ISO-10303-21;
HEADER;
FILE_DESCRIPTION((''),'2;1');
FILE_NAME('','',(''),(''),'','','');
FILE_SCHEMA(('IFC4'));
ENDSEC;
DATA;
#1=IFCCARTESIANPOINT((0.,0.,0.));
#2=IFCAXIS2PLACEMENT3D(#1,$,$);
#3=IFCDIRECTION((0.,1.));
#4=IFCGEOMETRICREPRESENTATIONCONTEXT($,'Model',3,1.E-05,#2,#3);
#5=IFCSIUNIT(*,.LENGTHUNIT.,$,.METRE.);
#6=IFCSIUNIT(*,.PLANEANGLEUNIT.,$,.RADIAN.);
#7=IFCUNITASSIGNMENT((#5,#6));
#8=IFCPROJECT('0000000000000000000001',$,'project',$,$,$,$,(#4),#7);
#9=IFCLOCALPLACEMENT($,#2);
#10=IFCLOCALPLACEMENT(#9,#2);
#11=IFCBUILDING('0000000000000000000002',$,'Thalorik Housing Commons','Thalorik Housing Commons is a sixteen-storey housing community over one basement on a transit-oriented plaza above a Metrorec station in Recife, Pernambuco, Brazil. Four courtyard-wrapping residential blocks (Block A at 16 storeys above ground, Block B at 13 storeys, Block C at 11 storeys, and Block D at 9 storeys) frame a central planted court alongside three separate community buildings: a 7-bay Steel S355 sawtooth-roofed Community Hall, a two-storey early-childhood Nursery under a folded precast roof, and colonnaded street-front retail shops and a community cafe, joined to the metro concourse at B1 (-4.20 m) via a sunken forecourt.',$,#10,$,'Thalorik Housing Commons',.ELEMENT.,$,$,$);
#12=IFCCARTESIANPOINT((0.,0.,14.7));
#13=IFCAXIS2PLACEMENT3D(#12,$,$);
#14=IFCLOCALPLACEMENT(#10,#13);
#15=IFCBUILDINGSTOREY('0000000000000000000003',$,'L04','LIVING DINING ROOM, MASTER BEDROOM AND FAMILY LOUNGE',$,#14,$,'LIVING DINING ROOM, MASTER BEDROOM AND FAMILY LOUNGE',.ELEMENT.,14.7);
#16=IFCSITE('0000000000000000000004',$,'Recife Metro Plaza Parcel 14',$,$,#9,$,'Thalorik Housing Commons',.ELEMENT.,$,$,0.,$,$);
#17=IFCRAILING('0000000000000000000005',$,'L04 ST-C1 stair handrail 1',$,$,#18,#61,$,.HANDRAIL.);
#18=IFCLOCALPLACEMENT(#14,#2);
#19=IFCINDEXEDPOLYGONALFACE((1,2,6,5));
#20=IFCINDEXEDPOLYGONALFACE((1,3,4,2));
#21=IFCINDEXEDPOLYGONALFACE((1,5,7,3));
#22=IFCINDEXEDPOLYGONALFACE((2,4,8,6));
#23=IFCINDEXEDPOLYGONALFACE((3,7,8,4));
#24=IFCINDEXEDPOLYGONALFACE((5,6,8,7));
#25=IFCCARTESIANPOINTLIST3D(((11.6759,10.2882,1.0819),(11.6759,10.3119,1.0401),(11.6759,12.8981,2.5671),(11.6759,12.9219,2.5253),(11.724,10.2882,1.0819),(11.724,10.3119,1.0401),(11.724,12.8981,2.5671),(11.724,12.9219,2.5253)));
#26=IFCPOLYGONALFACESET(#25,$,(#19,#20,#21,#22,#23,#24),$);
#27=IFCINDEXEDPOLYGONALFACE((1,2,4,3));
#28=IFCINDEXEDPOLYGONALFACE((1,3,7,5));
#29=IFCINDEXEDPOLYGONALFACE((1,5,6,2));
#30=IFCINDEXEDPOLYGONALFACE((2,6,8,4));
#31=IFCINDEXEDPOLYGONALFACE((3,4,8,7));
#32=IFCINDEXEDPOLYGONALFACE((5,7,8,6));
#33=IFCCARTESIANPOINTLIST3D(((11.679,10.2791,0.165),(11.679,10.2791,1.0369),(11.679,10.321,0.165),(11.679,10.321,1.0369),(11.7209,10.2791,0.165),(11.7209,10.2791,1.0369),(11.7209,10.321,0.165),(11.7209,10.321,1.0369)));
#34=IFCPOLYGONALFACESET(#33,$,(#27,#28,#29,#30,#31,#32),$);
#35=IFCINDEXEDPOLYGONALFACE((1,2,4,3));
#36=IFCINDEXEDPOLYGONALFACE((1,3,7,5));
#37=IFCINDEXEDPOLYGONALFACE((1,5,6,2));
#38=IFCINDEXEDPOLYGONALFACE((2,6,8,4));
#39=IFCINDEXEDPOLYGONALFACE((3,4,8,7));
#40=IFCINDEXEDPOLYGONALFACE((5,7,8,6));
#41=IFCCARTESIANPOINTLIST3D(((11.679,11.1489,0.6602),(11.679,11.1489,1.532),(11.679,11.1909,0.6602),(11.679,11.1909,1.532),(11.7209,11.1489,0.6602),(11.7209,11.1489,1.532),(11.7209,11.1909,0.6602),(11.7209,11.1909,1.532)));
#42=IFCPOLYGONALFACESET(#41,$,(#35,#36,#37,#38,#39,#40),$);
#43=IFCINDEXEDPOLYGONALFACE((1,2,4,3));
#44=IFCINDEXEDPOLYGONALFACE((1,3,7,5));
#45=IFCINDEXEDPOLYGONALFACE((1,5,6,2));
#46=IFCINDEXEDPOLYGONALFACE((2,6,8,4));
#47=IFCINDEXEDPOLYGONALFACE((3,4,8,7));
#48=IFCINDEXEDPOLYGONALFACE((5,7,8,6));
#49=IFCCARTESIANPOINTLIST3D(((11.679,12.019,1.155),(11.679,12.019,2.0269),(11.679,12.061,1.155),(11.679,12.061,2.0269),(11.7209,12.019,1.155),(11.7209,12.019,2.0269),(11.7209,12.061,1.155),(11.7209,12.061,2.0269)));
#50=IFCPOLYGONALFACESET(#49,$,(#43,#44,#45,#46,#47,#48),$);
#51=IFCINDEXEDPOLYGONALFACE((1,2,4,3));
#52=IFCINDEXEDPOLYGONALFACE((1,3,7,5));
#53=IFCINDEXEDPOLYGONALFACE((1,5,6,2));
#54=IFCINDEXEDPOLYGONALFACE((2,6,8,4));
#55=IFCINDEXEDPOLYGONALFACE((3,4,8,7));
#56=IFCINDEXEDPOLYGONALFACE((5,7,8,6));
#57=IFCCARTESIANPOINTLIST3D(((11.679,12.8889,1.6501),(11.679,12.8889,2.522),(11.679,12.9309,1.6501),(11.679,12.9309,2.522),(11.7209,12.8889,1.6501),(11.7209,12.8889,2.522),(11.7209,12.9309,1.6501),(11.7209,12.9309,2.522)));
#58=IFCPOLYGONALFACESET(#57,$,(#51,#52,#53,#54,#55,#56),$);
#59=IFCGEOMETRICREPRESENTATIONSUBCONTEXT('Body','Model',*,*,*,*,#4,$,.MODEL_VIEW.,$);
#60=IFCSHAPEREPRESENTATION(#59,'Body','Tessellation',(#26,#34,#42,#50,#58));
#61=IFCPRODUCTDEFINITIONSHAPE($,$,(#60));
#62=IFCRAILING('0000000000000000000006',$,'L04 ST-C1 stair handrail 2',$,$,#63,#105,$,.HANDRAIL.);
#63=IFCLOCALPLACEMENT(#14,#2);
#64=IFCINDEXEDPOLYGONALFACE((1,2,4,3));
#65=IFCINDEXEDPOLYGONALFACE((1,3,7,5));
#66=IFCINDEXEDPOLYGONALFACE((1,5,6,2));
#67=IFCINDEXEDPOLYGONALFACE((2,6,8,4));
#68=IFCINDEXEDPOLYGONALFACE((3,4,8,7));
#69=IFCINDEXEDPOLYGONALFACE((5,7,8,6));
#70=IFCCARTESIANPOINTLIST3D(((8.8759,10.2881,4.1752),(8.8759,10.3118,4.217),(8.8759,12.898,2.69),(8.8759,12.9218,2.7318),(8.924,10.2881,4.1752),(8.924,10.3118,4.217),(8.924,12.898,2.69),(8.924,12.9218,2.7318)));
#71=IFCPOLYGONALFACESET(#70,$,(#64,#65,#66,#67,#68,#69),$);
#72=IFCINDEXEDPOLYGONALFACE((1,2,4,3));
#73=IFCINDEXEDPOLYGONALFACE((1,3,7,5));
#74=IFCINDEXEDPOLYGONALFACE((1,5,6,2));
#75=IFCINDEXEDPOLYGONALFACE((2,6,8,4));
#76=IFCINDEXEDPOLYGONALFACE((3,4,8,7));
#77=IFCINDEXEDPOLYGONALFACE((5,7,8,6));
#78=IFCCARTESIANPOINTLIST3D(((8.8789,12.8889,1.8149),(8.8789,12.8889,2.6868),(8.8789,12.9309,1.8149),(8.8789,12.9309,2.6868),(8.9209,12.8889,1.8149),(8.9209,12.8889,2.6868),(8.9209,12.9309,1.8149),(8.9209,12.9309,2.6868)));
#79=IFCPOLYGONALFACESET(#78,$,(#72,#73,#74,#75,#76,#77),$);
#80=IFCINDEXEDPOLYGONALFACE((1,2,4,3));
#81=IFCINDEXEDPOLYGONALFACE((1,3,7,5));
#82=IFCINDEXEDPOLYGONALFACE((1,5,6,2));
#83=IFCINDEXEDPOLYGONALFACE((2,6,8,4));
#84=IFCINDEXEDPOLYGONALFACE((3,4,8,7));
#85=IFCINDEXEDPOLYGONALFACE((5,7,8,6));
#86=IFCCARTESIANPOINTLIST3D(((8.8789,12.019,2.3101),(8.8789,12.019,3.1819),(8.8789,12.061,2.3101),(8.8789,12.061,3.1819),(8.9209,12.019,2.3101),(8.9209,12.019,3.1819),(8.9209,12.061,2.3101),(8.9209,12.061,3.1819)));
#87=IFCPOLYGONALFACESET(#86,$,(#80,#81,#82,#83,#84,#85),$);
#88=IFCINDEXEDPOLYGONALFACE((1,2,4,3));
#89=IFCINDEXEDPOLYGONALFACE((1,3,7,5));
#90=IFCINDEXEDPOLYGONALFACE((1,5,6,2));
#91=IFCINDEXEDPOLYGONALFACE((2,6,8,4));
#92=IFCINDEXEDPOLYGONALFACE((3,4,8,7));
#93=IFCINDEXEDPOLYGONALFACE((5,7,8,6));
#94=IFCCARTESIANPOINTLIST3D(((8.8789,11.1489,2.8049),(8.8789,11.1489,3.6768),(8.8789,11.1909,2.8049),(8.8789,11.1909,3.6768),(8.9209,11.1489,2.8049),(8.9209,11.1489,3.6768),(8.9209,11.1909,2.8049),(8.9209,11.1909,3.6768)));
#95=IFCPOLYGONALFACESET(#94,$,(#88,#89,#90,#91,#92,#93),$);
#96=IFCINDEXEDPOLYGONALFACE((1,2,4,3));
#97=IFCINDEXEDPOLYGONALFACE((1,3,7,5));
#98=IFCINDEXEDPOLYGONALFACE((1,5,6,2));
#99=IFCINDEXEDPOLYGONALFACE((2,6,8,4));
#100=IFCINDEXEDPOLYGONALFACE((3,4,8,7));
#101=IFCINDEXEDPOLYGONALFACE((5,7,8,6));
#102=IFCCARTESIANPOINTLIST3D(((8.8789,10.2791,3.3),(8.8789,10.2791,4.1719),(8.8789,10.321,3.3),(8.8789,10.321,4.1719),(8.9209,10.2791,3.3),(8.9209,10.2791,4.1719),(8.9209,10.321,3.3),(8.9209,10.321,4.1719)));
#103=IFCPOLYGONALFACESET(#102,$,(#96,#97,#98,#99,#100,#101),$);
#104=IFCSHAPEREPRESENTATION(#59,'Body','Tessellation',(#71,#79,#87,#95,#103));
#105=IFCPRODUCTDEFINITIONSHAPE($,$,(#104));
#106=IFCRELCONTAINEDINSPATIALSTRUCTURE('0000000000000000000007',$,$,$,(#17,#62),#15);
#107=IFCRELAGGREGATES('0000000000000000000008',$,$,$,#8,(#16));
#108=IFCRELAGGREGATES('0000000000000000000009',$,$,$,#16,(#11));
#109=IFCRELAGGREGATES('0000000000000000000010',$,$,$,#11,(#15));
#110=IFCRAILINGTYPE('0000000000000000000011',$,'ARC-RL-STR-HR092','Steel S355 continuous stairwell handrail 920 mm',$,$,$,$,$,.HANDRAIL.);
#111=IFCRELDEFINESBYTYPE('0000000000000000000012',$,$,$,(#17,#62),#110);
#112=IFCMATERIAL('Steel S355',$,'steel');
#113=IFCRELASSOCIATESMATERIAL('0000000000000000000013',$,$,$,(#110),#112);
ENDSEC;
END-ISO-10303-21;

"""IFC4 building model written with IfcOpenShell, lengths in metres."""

from ifc_helpers import new_model, si_unit, direction, frame, origin, origin_2d, place, context, subcontext, project, spatial, rectangle, extrude, material, type_object, element, save


model = new_model("IFC4")

# Units and contexts
model_context = context("Model", 3, precision=1e-05, world=origin(), true_north=direction((0.0, 1.0)))
body_context = subcontext(model_context, "Body", "Model", "MODEL_VIEW")
ifc_project = project(units=[si_unit("LENGTHUNIT", "METRE"), si_unit("PLANEANGLEUNIT", "RADIAN")], contexts=[model_context])

# Site, building, storey
site_placement = place(None, origin())
site = spatial("IfcSite", under=ifc_project, at=site_placement, Name="Recife Metro Plaza Parcel 14", LongName="Thalorik Housing Commons", CompositionType="ELEMENT", RefElevation=0.0)
building_placement = place(site_placement, origin())
building = spatial("IfcBuilding", under=site, at=building_placement, Name="Thalorik Housing Commons", Description="Thalorik Housing Commons is a sixteen-storey housing community over one basement on a transit-oriented plaza above a Metrorec station in Recife, Pernambuco, Brazil. Four courtyard-wrapping residential blocks (Block A at 16 storeys above ground, Block B at 13 storeys, Block C at 11 storeys, and Block D at 9 storeys) frame a central planted court alongside three separate community buildings: a 7-bay Steel S355 sawtooth-roofed Community Hall, a two-storey early-childhood Nursery under a folded precast roof, and colonnaded street-front retail shops and a community cafe, joined to the metro concourse at B1 (-4.20 m) via a sunken forecourt.", LongName="Thalorik Housing Commons", CompositionType="ELEMENT")
storey_placement = place(building_placement, frame((0.0, 0.0, 14.7)))
storey = spatial("IfcBuildingStorey", under=building, at=storey_placement, Name="L04", Description="LIVING DINING ROOM, MASTER BEDROOM AND FAMILY LOUNGE", LongName="LIVING DINING ROOM, MASTER BEDROOM AND FAMILY LOUNGE", CompositionType="ELEMENT", Elevation=14.7)

# Shared definitions
ifc_material_1 = material(Name="Steel S355", Category="steel")

# Railings
railing_type_1 = type_object("IfcRailingType", Name="ARC-RL-STR-HR092", Description="Steel S355 continuous stairwell handrail 920 mm", PredefinedType="HANDRAIL", material=ifc_material_1)
railing_1_placement = place(storey_placement, frame((11.7, 10.3, 0.165)))
element("IfcRailing", 1, at=railing_1_placement, inside=storey, type_object=railing_type_1, Name="L04 ST-C1 stair handrail 1", PredefinedType="HANDRAIL", context=body_context, shape_type="SweptSolid", body=[
    extrude(rectangle(XDim=0.0481, YDim=0.0481, at=origin_2d()), frame((0.0, 0.0, 0.896), z_axis=(0.0, 0.869137, 0.494571), x_axis=(-1.0, 0.0, 0.0)), (0.0, 0.0, 1.0), 3.0029),
    extrude(rectangle(XDim=0.042, YDim=0.042, at=origin_2d()), origin(), (0.0, 0.0, 1.0), 0.8718),
    extrude(rectangle(XDim=0.042, YDim=0.042, at=origin_2d()), frame((0.0, 0.8699, 0.4951)), (0.0, 0.0, 1.0), 0.8718),
    extrude(rectangle(XDim=0.042, YDim=0.042, at=origin_2d()), frame((0.0, 1.74, 0.99)), (0.0, 0.0, 1.0), 0.8718),
    extrude(rectangle(XDim=0.042, YDim=0.042, at=origin_2d()), frame((0.0, 2.6099, 1.4851)), (0.0, 0.0, 1.0), 0.8718),
])
railing_2_placement = place(storey_placement, frame((8.8999, 12.9099, 1.8149)))
element("IfcRailing", 2, at=railing_2_placement, inside=storey, type_object=railing_type_1, Name="L04 ST-C1 stair handrail 2", PredefinedType="HANDRAIL", context=body_context, shape_type="SweptSolid", body=[
    extrude(rectangle(XDim=0.0481, YDim=0.0481, at=origin_2d()), frame((0.0, 0.0, 0.896), z_axis=(0.0, -0.869137, 0.494571), x_axis=(1.0, 0.0, 0.0)), (0.0, 0.0, 1.0), 3.0029),
    extrude(rectangle(XDim=0.042, YDim=0.042, at=origin_2d()), origin(), (0.0, 0.0, 1.0), 0.8718),
    extrude(rectangle(XDim=0.042, YDim=0.042, at=origin_2d()), frame((0.0, -0.8699, 0.4951)), (0.0, 0.0, 1.0), 0.8718),
    extrude(rectangle(XDim=0.042, YDim=0.042, at=origin_2d()), frame((0.0, -1.74, 0.99)), (0.0, 0.0, 1.0), 0.8718),
    extrude(rectangle(XDim=0.042, YDim=0.042, at=origin_2d()), frame((0.0, -2.6099, 1.4851)), (0.0, 0.0, 1.0), 0.8718),
])

save(model, "model.ifc")
